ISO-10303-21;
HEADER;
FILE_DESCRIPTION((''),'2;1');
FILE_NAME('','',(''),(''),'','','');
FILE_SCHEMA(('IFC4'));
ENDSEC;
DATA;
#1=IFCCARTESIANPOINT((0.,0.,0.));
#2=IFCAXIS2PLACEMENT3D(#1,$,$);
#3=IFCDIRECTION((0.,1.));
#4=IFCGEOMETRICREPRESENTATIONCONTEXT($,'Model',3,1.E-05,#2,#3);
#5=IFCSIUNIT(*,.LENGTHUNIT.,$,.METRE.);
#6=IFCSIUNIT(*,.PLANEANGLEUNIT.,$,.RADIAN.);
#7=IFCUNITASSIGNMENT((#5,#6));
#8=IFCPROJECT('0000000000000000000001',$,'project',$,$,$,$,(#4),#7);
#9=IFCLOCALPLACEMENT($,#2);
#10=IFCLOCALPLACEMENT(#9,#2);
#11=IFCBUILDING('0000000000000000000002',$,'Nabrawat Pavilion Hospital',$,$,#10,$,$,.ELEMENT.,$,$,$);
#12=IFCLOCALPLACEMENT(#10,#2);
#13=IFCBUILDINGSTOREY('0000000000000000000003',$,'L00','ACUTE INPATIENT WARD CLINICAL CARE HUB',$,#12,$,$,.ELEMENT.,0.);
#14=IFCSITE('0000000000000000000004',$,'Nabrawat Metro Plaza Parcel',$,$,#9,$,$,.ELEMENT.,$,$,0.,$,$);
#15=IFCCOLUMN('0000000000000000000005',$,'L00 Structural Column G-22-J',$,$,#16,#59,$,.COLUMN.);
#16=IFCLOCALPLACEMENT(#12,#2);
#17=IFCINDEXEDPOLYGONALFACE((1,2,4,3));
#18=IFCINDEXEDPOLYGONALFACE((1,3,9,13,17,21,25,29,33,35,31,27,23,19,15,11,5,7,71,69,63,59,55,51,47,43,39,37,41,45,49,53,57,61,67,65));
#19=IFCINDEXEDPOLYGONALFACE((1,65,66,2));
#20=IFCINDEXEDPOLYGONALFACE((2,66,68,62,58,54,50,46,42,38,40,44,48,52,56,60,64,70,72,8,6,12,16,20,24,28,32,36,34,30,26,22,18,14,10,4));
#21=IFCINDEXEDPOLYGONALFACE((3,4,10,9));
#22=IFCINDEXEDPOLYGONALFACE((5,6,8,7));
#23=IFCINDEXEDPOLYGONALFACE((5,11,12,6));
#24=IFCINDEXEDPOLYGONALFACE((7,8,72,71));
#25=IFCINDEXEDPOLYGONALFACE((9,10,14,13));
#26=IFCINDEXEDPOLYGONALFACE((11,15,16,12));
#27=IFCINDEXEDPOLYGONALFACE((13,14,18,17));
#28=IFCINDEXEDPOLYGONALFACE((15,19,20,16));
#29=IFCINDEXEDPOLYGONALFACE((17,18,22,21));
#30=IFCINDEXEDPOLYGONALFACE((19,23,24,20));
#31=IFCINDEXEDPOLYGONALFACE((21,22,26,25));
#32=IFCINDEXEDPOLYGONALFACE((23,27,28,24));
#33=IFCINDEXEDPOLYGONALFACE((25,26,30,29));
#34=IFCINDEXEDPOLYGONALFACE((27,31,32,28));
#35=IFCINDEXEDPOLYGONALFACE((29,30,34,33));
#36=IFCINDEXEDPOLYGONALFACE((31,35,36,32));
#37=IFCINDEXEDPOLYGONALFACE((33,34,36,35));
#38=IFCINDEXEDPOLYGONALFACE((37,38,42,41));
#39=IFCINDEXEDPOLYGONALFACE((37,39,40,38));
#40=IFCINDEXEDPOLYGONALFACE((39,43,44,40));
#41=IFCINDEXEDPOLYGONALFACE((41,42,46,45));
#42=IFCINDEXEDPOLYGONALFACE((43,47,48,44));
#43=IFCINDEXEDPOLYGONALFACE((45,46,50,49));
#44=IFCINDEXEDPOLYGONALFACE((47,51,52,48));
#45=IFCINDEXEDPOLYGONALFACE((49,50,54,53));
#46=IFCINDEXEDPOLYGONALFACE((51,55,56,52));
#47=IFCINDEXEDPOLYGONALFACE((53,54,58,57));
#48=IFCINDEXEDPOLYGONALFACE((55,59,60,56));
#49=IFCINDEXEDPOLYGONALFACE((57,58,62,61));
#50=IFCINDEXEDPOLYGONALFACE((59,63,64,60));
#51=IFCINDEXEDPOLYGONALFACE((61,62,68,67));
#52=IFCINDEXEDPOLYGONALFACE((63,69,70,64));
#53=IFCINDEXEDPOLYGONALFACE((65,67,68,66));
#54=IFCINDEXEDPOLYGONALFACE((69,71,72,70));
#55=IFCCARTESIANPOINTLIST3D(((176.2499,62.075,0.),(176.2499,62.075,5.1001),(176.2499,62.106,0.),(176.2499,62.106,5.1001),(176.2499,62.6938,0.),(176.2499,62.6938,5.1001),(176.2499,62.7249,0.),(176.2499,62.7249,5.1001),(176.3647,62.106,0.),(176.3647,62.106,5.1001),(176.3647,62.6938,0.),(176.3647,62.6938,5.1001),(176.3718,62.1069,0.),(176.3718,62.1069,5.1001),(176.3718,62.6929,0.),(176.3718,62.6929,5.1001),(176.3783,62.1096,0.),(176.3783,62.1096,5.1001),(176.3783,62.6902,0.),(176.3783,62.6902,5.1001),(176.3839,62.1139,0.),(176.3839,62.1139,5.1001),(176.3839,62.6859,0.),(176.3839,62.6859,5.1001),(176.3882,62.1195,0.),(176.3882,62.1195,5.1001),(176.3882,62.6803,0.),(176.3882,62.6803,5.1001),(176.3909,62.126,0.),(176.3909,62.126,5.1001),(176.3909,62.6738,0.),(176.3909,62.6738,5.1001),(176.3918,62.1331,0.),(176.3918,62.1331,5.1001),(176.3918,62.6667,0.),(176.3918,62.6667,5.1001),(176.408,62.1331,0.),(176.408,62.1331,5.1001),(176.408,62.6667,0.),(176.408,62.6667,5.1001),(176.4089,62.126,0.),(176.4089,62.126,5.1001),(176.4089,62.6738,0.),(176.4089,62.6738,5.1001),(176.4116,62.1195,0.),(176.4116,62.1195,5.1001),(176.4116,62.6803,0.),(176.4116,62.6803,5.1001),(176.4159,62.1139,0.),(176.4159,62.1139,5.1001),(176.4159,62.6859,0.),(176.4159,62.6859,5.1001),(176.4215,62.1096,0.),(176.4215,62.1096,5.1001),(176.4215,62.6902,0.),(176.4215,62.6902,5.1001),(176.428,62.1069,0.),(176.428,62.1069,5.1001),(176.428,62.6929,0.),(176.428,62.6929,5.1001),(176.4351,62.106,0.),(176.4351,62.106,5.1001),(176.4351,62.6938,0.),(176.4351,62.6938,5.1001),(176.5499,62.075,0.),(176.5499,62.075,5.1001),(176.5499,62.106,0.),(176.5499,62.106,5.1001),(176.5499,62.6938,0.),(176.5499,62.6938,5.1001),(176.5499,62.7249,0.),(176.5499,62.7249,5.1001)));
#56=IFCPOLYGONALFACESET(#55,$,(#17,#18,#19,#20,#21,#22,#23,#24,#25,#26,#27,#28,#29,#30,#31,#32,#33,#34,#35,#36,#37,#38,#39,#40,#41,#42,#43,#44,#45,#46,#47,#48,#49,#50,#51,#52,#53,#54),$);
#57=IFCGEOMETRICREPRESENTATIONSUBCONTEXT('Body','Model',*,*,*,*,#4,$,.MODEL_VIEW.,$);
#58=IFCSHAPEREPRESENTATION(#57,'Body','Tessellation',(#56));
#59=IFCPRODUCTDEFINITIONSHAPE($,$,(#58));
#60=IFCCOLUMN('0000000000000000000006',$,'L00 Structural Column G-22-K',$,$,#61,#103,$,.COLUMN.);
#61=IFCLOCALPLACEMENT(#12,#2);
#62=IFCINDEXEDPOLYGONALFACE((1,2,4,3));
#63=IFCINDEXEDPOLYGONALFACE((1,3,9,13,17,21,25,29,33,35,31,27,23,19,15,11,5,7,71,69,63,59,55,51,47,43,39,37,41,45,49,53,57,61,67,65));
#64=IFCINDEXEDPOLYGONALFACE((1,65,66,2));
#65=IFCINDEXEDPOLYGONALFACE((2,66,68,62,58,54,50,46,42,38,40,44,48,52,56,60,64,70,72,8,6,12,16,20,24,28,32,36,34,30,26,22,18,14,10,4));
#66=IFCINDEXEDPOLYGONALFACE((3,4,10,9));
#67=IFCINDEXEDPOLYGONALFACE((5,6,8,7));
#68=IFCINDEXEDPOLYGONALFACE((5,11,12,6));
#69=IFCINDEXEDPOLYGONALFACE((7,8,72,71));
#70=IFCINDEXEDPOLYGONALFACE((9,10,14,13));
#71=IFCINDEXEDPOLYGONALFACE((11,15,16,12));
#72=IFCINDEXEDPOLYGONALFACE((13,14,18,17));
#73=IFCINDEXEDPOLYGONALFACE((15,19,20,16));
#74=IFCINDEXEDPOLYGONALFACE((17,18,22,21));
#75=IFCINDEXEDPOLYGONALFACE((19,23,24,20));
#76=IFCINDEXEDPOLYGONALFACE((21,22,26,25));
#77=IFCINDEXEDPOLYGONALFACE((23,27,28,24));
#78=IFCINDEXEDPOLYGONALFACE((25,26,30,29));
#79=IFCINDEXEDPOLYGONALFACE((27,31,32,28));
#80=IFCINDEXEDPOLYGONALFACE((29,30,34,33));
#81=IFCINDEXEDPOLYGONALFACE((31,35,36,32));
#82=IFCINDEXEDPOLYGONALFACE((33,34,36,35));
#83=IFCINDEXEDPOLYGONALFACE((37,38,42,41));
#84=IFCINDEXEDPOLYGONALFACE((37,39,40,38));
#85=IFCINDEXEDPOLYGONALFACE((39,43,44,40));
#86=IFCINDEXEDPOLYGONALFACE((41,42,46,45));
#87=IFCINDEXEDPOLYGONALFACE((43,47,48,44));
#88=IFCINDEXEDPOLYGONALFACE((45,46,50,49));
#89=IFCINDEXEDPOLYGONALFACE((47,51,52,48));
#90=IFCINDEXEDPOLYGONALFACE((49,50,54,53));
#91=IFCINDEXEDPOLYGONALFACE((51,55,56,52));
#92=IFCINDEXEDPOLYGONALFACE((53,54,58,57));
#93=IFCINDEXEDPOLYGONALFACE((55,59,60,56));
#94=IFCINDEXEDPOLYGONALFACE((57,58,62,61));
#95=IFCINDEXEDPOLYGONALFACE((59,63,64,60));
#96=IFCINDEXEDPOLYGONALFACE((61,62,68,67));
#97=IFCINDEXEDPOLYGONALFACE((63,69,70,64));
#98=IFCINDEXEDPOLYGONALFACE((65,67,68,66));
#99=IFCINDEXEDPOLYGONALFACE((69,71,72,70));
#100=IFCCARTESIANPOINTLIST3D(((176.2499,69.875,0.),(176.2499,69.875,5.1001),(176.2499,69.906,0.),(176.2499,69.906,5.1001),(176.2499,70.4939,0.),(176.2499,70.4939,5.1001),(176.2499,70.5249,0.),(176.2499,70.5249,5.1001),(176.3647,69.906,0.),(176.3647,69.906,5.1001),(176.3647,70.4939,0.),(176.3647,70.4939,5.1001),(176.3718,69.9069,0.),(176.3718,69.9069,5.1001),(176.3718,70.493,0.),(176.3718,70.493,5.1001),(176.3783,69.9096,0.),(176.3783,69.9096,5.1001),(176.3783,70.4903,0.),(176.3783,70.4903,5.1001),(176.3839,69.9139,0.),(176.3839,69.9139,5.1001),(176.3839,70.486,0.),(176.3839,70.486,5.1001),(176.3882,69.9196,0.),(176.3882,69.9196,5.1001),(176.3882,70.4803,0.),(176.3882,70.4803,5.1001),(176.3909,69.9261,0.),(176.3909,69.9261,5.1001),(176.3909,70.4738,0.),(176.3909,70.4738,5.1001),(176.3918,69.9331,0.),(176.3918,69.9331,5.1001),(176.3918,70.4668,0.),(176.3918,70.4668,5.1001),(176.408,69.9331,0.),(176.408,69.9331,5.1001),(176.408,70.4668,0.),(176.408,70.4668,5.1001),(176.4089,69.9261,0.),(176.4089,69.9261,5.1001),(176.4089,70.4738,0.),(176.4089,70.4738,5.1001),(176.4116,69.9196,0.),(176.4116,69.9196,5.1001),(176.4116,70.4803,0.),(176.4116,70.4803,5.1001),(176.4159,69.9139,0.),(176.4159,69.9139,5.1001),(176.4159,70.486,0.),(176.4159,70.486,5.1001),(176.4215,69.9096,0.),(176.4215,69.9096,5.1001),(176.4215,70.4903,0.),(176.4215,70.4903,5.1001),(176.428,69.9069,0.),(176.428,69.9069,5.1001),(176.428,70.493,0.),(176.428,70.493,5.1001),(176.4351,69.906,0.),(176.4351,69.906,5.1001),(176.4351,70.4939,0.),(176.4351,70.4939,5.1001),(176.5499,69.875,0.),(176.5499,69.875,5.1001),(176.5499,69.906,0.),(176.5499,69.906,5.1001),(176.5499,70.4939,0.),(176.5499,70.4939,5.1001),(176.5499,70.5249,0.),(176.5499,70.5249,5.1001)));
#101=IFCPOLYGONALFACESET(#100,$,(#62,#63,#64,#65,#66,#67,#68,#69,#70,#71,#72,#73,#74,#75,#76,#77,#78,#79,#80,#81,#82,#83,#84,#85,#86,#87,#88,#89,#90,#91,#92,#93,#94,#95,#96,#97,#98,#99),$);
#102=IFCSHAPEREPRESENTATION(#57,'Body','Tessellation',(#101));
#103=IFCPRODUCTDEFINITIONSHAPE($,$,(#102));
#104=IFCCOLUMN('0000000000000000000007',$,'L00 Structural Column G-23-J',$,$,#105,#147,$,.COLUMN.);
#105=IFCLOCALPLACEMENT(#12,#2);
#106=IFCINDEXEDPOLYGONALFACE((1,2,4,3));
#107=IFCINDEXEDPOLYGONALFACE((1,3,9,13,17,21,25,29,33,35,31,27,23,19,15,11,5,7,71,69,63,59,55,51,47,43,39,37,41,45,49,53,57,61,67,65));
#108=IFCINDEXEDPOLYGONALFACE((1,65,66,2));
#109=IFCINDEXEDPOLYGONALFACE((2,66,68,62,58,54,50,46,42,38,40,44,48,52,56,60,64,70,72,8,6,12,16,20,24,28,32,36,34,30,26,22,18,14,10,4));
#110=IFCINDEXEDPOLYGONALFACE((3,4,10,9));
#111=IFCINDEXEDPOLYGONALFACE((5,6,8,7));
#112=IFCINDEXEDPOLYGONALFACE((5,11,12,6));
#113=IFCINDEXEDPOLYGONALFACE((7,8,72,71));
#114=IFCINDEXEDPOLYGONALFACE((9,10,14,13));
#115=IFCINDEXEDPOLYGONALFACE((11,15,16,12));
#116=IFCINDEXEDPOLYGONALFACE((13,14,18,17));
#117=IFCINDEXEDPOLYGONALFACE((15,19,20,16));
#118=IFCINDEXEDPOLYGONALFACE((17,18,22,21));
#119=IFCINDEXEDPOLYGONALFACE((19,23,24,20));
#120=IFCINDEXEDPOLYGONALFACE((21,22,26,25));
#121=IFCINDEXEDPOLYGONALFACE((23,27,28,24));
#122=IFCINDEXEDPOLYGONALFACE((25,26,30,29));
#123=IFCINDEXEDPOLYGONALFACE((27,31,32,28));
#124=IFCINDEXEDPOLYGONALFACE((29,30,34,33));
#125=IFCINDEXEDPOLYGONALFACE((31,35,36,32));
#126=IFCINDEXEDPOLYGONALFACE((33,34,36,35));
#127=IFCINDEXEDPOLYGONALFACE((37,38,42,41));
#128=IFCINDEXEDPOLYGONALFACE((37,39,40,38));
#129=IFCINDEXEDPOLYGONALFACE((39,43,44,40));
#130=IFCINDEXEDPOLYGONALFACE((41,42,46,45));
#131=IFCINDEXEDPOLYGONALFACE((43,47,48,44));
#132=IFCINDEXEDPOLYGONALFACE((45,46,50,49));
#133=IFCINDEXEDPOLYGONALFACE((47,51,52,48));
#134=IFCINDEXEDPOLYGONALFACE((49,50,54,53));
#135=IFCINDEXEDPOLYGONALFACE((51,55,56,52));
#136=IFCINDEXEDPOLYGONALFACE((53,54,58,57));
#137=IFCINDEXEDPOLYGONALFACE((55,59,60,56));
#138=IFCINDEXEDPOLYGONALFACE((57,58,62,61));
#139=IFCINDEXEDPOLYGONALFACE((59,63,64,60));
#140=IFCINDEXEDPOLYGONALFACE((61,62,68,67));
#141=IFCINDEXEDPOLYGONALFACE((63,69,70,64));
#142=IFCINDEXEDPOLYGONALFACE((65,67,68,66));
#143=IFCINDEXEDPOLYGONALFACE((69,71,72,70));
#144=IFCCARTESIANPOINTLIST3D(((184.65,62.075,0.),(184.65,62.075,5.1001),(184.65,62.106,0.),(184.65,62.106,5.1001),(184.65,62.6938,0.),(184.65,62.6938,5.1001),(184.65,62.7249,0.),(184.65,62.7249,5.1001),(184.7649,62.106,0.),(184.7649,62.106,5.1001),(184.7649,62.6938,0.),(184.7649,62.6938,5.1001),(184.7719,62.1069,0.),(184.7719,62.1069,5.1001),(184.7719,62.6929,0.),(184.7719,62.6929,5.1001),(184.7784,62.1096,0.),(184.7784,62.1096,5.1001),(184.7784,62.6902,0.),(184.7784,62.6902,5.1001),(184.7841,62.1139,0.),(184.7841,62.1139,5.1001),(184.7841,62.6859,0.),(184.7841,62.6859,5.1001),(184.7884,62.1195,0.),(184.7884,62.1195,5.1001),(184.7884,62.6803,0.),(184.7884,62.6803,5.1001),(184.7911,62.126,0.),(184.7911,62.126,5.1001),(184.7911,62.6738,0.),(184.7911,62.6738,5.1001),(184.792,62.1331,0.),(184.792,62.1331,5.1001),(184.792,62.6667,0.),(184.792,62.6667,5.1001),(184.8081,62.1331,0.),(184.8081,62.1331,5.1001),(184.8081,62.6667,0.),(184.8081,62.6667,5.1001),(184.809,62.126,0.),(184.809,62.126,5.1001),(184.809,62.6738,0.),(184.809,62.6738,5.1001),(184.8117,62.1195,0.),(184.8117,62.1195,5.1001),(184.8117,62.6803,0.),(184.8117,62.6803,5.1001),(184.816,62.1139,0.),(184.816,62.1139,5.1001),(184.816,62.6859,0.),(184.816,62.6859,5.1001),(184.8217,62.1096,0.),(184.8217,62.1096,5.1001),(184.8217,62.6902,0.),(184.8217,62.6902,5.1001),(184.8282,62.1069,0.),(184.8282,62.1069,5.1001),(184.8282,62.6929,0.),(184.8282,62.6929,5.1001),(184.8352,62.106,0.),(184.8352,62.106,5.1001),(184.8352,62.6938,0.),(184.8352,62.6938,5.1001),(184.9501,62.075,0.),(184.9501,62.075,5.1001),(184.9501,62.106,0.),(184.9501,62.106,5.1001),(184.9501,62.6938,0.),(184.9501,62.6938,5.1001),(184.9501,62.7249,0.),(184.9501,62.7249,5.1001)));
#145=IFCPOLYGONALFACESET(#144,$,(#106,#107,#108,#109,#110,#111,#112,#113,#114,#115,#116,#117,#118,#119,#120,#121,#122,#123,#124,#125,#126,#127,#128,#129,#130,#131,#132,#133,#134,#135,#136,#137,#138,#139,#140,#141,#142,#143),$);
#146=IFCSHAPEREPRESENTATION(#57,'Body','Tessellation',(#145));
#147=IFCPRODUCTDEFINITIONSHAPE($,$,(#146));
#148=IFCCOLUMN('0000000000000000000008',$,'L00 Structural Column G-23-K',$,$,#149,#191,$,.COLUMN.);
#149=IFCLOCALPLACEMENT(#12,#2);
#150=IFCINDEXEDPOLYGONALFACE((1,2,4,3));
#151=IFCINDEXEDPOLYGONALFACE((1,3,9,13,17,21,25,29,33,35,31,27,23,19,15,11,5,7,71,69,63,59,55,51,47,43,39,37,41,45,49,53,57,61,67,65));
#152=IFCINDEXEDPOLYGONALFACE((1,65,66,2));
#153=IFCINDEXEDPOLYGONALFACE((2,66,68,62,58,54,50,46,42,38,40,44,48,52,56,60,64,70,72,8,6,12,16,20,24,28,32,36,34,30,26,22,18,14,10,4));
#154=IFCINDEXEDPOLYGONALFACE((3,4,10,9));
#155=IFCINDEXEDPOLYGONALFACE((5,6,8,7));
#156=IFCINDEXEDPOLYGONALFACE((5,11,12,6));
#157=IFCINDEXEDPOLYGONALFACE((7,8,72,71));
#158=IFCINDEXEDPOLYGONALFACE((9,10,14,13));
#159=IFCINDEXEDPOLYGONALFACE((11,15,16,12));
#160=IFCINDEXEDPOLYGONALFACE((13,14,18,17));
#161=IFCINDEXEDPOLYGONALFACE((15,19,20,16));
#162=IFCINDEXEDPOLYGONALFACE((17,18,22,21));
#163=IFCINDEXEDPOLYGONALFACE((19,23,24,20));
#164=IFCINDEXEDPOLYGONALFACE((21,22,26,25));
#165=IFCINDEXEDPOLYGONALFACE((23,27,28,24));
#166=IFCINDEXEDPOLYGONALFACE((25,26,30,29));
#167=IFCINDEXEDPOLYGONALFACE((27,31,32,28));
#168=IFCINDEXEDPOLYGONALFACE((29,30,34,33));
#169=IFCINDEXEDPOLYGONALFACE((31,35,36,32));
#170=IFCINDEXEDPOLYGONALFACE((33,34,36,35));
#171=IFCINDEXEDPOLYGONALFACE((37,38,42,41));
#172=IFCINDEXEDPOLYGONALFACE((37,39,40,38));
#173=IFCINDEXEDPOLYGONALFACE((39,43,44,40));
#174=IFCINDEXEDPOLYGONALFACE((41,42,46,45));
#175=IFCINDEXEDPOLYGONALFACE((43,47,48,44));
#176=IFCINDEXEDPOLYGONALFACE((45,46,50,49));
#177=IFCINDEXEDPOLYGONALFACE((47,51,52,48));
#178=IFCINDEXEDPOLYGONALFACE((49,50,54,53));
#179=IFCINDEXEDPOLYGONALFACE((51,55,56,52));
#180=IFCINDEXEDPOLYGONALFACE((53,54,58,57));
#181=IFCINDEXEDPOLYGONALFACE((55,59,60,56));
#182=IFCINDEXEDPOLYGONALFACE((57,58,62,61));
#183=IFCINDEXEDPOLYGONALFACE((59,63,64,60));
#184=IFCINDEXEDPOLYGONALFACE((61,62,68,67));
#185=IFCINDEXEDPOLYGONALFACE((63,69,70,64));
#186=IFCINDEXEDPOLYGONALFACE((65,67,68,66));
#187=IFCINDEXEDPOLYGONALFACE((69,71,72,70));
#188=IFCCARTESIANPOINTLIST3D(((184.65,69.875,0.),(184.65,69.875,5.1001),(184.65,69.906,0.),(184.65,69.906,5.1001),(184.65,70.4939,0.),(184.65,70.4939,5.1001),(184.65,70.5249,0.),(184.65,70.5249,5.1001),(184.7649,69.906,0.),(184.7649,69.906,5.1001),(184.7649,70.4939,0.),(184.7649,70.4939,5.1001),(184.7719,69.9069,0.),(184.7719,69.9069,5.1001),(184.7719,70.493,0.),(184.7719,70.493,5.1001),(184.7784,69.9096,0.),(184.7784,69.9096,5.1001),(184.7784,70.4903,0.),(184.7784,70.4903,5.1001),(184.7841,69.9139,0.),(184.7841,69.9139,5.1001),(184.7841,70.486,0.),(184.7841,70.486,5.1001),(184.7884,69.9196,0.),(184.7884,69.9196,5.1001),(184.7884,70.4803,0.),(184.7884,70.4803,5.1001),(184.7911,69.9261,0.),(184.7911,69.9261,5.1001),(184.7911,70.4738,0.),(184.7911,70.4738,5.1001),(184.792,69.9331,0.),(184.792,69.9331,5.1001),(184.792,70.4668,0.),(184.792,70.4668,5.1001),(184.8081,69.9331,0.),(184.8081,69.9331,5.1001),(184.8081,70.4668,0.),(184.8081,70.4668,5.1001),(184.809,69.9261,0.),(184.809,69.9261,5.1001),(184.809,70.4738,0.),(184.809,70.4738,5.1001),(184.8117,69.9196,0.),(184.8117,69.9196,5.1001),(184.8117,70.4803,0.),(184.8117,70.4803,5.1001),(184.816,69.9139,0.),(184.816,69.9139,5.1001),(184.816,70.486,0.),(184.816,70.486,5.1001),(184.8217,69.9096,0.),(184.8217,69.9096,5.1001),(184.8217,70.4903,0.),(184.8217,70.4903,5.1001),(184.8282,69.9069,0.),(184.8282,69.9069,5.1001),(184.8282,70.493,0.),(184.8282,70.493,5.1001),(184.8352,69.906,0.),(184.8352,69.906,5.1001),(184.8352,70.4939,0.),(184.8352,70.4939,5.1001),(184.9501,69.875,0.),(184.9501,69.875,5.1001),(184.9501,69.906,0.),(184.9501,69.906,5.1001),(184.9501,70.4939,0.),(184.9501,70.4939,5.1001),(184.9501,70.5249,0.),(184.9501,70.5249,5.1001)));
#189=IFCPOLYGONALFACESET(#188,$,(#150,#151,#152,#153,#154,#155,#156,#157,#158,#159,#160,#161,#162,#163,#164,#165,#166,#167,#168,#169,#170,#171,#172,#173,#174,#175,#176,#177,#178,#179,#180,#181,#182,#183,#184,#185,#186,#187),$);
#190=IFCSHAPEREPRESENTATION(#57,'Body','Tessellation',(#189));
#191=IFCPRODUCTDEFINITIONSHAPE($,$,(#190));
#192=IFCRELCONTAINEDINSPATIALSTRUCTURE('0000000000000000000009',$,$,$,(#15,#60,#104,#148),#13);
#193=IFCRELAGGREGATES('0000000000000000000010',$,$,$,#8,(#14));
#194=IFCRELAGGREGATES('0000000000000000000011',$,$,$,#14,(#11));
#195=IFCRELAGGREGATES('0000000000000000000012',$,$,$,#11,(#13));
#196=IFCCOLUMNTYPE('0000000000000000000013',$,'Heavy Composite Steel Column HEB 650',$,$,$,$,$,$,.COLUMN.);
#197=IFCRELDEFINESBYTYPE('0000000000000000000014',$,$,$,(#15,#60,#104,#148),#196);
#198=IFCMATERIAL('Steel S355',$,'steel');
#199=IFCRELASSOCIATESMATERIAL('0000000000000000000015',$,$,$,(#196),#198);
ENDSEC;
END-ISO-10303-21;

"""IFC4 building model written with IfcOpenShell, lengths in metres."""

from ifc_helpers import new_model, si_unit, direction, frame, origin, origin_2d, place, context, subcontext, project, spatial, i_section, extrude, material, material_profile, profile_set, type_object, element, save


model = new_model("IFC4")

# Units and contexts
model_context = context("Model", 3, precision=1e-05, world=origin(), true_north=direction((0.0, 1.0)))
body_context = subcontext(model_context, "Body", "Model", "MODEL_VIEW")
ifc_project = project(units=[si_unit("LENGTHUNIT", "METRE"), si_unit("PLANEANGLEUNIT", "RADIAN")], contexts=[model_context])

# Site, building, storey
site_placement = place(None, origin())
site = spatial("IfcSite", under=ifc_project, at=site_placement, Name="Nabrawat Metro Plaza Parcel", CompositionType="ELEMENT", RefElevation=0.0)
building_placement = place(site_placement, origin())
building = spatial("IfcBuilding", under=site, at=building_placement, Name="Nabrawat Pavilion Hospital", CompositionType="ELEMENT")
storey_placement = place(building_placement, origin())
storey = spatial("IfcBuildingStorey", under=building, at=storey_placement, Name="L00", Description="ACUTE INPATIENT WARD CLINICAL CARE HUB", CompositionType="ELEMENT", Elevation=0.0)

# Columns
ifc_material_1 = material(Name="Steel S355", Category="steel")
ifc_material_profile_1 = material_profile(ifc_material_1, i_section(OverallWidth=0.3, OverallDepth=0.6499, WebThickness=0.0161, FlangeThickness=0.031, FilletRadius=0.0271, at=origin_2d()), Name="HEB 650")
ifc_profile_set_1 = profile_set([ifc_material_profile_1], Name="Steel S355")
column_type = type_object("IfcColumnType", Name="Heavy Composite Steel Column HEB 650", PredefinedType="COLUMN", material=ifc_profile_set_1)
for number, where, z_axis, x_axis, name in (
    (1, (176.3999, 62.3999, 0.0), (0.0, 0.0, 1.0), (1.0, 0.0, 0.0), "L00 Structural Column G-22-J"),
    (2, (176.3999, 70.2, 0.0), (0.0, 0.0, 1.0), (1.0, 0.0, 0.0), "L00 Structural Column G-22-K"),
    (3, (184.8, 62.3999, 0.0), (0.0, 0.0, 1.0), (1.0, 0.0, 0.0), "L00 Structural Column G-23-J"),
    (4, (184.8, 70.2, 0.0), (0.0, 0.0, 1.0), (1.0, 0.0, 0.0), "L00 Structural Column G-23-K"),
):
    element("IfcColumn", number, at=place(storey_placement, frame(where, z_axis=z_axis, x_axis=x_axis)), inside=storey, type_object=column_type, Name=name, PredefinedType="COLUMN", context=body_context, shape_type="SweptSolid", body=[
        extrude(i_section(OverallWidth=0.3, OverallDepth=0.6499, WebThickness=0.0161, FlangeThickness=0.031, FilletRadius=0.0271, at=origin_2d()), origin(), (0.0, 0.0, 1.0), 5.1001),
    ])

save(model, "model.ifc")
